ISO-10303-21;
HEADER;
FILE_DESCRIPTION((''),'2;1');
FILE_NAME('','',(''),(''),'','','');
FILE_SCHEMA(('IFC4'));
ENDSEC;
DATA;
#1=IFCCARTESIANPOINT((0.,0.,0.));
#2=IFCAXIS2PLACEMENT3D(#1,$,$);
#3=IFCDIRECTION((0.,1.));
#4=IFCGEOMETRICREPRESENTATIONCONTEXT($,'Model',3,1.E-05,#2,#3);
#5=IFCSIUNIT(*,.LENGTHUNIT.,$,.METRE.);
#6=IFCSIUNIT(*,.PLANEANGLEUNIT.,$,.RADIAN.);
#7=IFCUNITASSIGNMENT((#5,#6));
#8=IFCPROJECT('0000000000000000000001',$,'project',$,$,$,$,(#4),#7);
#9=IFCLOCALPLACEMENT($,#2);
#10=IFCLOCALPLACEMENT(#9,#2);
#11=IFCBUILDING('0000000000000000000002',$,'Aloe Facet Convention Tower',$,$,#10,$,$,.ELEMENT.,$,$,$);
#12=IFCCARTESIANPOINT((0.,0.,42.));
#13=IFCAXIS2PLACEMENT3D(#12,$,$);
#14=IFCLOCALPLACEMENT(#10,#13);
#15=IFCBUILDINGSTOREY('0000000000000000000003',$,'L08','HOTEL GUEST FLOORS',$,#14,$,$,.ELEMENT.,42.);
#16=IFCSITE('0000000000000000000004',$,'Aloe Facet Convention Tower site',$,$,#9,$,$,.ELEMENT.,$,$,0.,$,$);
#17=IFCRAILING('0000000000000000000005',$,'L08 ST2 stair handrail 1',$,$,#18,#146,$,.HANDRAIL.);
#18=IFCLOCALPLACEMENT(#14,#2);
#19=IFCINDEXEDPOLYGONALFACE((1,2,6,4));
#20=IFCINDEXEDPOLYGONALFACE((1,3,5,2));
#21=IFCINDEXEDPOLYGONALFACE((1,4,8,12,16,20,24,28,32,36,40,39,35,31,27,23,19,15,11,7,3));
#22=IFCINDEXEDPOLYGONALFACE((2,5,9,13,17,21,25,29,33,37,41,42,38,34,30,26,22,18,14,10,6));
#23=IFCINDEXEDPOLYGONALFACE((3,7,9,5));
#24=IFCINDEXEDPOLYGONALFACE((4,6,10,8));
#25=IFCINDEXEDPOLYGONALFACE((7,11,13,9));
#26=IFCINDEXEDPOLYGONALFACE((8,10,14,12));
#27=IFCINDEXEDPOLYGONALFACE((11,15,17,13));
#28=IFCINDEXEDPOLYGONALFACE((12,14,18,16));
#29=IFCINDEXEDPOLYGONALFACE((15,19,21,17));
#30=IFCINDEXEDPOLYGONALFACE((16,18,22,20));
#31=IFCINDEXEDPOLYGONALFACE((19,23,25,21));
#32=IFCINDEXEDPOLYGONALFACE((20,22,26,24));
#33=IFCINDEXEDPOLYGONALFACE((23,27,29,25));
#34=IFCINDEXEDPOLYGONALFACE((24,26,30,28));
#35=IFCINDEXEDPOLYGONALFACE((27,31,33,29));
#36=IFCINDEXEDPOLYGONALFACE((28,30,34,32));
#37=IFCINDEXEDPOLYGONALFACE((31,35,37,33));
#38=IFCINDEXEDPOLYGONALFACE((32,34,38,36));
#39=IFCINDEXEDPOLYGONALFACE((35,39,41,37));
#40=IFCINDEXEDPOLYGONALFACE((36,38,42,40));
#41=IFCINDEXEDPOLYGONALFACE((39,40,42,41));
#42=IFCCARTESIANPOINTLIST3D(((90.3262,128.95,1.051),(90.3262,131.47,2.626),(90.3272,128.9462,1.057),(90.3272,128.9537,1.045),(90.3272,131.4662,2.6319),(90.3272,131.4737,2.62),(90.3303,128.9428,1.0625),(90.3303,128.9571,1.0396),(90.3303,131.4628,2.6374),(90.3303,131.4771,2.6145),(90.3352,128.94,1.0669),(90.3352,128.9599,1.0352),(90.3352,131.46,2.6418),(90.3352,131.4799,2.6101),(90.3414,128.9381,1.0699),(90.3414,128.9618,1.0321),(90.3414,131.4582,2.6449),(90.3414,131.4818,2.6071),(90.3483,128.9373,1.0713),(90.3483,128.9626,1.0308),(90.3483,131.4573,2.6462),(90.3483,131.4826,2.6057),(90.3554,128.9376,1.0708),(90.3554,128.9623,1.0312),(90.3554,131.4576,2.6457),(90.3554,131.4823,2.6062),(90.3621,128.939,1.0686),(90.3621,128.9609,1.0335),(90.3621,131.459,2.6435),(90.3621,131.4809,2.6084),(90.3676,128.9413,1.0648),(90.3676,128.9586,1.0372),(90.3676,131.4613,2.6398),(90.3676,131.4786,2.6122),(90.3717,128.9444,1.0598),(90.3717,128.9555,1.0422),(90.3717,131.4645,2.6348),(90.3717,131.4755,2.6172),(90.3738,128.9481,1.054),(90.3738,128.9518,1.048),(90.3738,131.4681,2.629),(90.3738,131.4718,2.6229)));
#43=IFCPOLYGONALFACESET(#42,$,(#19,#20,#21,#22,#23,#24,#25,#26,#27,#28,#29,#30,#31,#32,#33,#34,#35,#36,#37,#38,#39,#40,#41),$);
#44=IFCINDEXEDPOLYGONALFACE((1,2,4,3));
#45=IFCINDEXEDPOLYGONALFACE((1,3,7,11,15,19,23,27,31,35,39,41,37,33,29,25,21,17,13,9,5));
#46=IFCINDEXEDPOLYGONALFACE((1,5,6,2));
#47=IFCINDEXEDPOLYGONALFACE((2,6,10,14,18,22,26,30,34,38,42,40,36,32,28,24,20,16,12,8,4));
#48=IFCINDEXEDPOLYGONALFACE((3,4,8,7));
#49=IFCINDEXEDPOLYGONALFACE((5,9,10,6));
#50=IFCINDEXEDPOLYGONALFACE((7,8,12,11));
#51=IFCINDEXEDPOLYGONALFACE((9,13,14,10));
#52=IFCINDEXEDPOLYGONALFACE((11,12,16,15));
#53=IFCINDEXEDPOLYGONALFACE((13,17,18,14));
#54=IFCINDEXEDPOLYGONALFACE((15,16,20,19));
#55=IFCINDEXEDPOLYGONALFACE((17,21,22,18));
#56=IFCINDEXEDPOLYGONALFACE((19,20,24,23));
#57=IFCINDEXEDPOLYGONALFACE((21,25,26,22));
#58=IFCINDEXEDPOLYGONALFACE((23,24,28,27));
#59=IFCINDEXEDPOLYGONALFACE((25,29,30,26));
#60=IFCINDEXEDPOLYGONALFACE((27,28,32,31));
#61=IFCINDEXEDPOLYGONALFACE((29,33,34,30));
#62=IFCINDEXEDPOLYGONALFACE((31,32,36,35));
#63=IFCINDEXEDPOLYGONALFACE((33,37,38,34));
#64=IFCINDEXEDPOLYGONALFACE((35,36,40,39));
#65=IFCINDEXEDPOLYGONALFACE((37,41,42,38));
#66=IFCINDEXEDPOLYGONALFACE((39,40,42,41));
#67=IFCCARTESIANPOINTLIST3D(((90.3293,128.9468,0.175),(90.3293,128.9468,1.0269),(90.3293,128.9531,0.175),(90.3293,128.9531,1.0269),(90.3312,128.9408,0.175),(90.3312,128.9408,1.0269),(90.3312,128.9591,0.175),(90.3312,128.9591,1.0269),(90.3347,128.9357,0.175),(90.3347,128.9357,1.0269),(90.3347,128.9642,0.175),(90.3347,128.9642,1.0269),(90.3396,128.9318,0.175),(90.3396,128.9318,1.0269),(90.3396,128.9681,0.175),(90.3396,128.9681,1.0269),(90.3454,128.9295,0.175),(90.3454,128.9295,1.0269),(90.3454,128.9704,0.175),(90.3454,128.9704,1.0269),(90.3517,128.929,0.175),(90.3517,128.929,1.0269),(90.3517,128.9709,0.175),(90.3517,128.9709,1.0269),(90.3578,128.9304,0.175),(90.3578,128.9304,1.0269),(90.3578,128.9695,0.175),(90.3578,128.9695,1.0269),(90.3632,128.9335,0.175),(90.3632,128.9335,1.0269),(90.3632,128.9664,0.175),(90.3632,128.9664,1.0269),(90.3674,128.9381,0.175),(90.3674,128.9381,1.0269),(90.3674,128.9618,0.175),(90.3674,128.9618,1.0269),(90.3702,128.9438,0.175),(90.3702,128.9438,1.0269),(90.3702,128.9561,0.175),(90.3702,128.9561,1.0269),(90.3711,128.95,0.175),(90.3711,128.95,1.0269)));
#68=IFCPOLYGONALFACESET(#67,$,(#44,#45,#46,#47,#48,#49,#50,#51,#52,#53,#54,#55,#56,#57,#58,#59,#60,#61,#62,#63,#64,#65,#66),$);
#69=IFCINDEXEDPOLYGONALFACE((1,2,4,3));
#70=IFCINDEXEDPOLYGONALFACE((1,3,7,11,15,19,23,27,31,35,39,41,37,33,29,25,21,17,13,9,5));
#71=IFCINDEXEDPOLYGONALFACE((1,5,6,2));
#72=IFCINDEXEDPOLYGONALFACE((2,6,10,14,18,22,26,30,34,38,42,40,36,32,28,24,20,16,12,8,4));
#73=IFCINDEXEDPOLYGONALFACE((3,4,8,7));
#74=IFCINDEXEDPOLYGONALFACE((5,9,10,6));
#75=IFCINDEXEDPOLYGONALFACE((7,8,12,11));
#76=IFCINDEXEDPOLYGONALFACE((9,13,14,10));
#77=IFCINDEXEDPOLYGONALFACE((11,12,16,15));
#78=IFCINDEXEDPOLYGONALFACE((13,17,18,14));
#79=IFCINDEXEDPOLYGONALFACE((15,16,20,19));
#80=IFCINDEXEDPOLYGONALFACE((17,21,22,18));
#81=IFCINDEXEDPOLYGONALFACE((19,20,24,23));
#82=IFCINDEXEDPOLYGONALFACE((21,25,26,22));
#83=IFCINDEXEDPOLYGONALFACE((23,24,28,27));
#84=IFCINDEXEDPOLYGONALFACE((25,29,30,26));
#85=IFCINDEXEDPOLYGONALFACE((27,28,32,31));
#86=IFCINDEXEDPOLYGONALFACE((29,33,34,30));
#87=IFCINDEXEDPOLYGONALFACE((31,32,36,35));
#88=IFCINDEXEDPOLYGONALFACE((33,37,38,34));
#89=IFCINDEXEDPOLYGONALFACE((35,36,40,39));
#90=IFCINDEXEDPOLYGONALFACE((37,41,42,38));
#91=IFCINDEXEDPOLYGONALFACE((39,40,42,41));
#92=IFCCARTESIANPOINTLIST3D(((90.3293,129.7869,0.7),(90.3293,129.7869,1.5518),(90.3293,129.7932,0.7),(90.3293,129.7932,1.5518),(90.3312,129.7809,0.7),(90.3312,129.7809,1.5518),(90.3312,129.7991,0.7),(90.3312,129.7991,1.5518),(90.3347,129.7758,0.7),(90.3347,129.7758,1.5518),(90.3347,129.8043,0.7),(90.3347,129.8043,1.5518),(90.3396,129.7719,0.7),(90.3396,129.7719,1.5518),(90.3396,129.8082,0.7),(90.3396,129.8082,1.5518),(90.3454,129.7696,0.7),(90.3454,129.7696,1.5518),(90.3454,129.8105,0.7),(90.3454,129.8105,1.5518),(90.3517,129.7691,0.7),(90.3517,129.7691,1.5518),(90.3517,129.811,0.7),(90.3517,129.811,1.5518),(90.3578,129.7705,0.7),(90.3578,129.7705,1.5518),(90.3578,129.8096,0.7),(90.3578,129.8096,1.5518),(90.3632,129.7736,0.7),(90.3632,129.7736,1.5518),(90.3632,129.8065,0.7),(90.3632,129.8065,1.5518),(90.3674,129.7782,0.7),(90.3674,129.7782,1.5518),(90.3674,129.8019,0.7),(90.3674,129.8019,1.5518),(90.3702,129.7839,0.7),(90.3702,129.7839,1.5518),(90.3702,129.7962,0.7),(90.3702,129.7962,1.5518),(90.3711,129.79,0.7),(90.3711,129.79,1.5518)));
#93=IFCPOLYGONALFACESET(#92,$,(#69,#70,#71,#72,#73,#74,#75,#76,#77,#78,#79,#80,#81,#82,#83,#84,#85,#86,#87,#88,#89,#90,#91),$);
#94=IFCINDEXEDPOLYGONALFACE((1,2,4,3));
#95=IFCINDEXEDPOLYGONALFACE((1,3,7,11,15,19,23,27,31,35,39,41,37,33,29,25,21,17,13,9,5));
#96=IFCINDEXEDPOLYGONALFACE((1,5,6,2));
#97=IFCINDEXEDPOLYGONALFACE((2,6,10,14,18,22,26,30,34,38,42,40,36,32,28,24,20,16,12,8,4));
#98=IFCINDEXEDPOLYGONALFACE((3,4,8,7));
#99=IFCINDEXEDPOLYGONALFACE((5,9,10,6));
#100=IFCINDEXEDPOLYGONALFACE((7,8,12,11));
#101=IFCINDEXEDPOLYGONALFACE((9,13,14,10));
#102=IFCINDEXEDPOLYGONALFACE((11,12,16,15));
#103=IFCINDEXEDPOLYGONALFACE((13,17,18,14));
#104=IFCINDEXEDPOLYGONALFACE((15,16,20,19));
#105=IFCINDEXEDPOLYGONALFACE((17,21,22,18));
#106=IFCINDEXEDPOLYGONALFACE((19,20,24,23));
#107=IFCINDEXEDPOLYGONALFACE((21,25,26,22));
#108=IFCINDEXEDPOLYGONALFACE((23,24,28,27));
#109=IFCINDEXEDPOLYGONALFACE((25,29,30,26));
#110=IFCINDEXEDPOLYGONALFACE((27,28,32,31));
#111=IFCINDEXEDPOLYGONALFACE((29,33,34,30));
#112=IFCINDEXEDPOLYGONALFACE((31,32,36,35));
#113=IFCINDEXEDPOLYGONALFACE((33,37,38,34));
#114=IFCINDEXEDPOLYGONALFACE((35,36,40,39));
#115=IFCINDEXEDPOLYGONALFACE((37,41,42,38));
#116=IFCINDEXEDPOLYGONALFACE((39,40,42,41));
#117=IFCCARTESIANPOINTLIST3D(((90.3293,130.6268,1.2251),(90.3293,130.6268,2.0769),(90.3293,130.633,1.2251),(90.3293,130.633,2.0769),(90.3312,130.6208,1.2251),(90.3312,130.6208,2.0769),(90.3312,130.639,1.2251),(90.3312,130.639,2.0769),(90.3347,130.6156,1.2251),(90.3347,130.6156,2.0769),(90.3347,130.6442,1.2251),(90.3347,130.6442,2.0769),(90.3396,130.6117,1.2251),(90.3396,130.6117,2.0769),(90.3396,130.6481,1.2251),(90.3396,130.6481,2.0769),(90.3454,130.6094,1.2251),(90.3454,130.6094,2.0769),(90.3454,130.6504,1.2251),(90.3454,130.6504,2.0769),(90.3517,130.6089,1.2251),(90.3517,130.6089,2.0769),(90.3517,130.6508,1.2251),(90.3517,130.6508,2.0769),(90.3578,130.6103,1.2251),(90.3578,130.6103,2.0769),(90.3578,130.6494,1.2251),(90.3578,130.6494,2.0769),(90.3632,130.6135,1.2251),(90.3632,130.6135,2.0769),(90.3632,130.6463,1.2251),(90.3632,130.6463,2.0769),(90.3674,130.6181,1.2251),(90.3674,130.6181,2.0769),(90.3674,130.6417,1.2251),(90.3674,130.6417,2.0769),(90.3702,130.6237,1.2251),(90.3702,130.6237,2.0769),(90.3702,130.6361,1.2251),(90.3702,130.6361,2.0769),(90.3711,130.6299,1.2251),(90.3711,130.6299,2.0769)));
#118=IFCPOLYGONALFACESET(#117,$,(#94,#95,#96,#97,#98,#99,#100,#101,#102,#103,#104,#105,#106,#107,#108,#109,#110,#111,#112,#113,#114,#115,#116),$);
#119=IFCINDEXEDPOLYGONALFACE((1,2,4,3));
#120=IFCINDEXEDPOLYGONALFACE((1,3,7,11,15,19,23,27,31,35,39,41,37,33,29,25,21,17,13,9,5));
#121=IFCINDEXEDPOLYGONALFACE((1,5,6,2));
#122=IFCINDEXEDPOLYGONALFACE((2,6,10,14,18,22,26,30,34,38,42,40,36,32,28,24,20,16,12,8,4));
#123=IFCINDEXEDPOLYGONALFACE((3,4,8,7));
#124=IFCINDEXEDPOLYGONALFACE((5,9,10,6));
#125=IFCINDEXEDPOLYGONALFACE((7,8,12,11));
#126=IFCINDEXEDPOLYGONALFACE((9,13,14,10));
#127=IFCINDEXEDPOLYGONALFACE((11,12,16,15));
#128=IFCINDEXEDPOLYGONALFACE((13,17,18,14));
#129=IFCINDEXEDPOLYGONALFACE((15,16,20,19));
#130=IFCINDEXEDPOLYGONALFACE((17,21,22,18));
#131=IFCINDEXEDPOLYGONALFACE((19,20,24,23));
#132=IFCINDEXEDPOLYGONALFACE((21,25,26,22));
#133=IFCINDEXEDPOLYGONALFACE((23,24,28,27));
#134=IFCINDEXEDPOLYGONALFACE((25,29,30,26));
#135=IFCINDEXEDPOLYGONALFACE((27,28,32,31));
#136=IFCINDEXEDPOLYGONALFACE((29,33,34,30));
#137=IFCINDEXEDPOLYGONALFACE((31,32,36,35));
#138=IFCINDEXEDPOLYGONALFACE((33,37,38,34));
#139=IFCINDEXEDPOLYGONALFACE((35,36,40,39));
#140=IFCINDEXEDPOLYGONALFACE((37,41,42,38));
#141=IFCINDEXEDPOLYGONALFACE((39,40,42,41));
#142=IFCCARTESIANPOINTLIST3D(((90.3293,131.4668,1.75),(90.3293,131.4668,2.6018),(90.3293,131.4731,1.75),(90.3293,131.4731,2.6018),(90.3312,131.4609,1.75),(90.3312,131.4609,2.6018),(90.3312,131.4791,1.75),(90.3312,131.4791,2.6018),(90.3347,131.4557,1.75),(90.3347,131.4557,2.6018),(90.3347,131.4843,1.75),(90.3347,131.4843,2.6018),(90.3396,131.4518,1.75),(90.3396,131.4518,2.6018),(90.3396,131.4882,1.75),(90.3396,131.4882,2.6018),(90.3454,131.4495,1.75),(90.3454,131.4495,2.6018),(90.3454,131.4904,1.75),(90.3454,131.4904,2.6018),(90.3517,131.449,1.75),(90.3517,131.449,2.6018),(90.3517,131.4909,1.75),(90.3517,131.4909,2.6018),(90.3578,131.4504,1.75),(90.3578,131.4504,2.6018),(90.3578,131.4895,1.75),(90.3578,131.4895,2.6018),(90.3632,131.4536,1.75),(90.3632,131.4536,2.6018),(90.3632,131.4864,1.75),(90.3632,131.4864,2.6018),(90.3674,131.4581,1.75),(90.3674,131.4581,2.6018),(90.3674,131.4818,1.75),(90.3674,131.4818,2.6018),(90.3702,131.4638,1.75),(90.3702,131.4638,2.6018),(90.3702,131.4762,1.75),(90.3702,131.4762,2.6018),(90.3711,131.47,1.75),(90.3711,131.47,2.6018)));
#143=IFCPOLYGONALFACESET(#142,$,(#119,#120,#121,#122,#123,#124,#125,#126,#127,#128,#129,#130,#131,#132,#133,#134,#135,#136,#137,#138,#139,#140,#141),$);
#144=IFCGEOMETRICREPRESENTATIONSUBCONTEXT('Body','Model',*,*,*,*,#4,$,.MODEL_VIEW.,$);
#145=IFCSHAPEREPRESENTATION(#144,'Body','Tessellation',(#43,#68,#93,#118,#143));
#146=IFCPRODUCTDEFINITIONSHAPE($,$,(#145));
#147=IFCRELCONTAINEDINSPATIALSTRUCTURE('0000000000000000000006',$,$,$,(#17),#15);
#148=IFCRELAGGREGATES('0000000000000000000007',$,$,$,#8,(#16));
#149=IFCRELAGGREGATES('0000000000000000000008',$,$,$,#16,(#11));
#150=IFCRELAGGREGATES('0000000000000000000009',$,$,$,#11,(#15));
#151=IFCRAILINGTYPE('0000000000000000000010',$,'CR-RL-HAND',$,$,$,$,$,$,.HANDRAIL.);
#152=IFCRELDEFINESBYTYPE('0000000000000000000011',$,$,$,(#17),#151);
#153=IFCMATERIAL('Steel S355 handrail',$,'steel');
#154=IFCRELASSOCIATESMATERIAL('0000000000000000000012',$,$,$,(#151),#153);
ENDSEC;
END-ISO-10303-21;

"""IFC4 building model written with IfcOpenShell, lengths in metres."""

from ifc_helpers import new_model, si_unit, direction, frame, origin, origin_2d, place, context, subcontext, project, spatial, circle, extrude, material, type_object, element, save


model = new_model("IFC4")

# Units and contexts
model_context = context("Model", 3, precision=1e-05, world=origin(), true_north=direction((0.0, 1.0)))
body_context = subcontext(model_context, "Body", "Model", "MODEL_VIEW")
ifc_project = project(units=[si_unit("LENGTHUNIT", "METRE"), si_unit("PLANEANGLEUNIT", "RADIAN")], contexts=[model_context])

# Site, building, storey
site_placement = place(None, origin())
site = spatial("IfcSite", under=ifc_project, at=site_placement, Name="Aloe Facet Convention Tower site", CompositionType="ELEMENT", RefElevation=0.0)
building_placement = place(site_placement, origin())
building = spatial("IfcBuilding", under=site, at=building_placement, Name="Aloe Facet Convention Tower", CompositionType="ELEMENT")
storey_placement = place(building_placement, frame((0.0, 0.0, 42.0)))
storey = spatial("IfcBuildingStorey", under=building, at=storey_placement, Name="L08", Description="HOTEL GUEST FLOORS", CompositionType="ELEMENT", Elevation=42.0)

# Railing
ifc_material_1 = material(Name="Steel S355 handrail", Category="steel")
railing_type_1 = type_object("IfcRailingType", Name="CR-RL-HAND", PredefinedType="HANDRAIL", material=ifc_material_1)
railing_1_placement = place(storey_placement, frame((90.3501, 128.95, 0.175)))
element("IfcRailing", 1, at=railing_1_placement, inside=storey, type_object=railing_type_1, Name="L08 ST2 stair handrail 1", PredefinedType="HANDRAIL", context=body_context, shape_type="SweptSolid", body=[
    extrude(circle(Radius=0.0239, at=origin_2d()), frame((0.0, 0.0, 0.876), z_axis=(0.0, 0.848008, 0.529984), x_axis=(-1.0, 0.0, 0.0)), (0.0, 0.0, 1.0), 2.9717),
    extrude(circle(Radius=0.021, at=origin_2d()), origin(), (0.0, 0.0, 1.0), 0.8518),
    extrude(circle(Radius=0.021, at=origin_2d()), frame((0.0, 0.8401, 0.5249)), (0.0, 0.0, 1.0), 0.8518),
    extrude(circle(Radius=0.021, at=origin_2d()), frame((0.0, 1.6799, 1.05)), (0.0, 0.0, 1.0), 0.8518),
    extrude(circle(Radius=0.021, at=origin_2d()), frame((0.0, 2.52, 1.575)), (0.0, 0.0, 1.0), 0.8518),
])

save(model, "model.ifc")
